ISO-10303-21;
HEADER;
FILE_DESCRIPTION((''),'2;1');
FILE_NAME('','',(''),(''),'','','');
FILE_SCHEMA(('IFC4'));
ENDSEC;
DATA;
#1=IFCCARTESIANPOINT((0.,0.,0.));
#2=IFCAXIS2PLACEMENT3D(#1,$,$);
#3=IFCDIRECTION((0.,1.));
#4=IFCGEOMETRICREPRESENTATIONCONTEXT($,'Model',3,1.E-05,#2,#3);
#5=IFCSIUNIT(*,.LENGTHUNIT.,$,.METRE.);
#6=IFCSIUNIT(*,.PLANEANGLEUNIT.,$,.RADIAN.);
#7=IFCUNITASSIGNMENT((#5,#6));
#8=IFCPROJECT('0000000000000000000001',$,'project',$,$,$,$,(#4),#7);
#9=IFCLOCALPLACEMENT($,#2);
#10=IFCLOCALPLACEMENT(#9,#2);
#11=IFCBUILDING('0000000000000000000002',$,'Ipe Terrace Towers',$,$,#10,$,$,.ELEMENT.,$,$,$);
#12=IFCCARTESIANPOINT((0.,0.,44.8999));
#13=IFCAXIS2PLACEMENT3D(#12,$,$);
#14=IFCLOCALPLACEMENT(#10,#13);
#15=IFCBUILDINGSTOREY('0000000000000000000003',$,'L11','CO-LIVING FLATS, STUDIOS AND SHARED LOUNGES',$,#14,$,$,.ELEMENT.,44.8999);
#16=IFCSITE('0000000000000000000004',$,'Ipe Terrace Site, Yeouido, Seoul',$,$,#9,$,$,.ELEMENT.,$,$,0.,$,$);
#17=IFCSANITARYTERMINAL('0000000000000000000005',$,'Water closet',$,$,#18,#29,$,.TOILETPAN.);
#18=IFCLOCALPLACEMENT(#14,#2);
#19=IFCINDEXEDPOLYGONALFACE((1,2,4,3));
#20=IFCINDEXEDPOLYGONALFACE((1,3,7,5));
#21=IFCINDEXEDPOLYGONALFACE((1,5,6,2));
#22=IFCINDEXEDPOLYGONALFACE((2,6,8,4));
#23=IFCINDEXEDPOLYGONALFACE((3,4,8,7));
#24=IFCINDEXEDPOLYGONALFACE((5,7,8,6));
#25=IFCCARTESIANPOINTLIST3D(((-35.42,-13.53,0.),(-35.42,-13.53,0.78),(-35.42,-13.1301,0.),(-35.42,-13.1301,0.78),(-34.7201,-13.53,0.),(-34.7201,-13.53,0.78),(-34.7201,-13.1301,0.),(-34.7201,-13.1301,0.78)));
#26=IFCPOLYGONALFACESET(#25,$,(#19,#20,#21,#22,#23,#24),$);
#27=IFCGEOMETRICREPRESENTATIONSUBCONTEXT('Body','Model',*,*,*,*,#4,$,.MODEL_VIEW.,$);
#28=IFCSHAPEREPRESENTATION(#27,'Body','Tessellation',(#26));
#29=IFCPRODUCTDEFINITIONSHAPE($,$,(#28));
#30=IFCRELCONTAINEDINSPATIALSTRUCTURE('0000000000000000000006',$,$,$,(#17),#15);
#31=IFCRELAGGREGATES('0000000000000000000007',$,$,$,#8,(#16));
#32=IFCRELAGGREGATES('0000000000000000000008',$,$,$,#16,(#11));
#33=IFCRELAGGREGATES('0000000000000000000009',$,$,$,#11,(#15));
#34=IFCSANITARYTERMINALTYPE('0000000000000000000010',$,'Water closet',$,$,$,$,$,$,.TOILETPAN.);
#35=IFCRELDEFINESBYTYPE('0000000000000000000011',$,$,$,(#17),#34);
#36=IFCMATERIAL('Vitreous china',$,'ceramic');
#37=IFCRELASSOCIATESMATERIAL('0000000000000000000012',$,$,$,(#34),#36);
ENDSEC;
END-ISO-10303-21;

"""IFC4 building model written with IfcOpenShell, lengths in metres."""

from ifc_helpers import new_model, si_unit, direction, frame, origin, origin_2d, place, context, subcontext, project, spatial, rectangle, extrude, material, type_object, element, save


model = new_model("IFC4")

# Units and contexts
model_context = context("Model", 3, precision=1e-05, world=origin(), true_north=direction((0.0, 1.0)))
body_context = subcontext(model_context, "Body", "Model", "MODEL_VIEW")
ifc_project = project(units=[si_unit("LENGTHUNIT", "METRE"), si_unit("PLANEANGLEUNIT", "RADIAN")], contexts=[model_context])

# Site, building, storey
site_placement = place(None, origin())
site = spatial("IfcSite", under=ifc_project, at=site_placement, Name="Ipe Terrace Site, Yeouido, Seoul", CompositionType="ELEMENT", RefElevation=0.0)
building_placement = place(site_placement, origin())
building = spatial("IfcBuilding", under=site, at=building_placement, Name="Ipe Terrace Towers", CompositionType="ELEMENT")
storey_placement = place(building_placement, frame((0.0, 0.0, 44.8999)))
storey = spatial("IfcBuildingStorey", under=building, at=storey_placement, Name="L11", Description="CO-LIVING FLATS, STUDIOS AND SHARED LOUNGES", CompositionType="ELEMENT", Elevation=44.8999)

# Sanitary terminal
ifc_material_1 = material(Name="Vitreous china", Category="ceramic")
sanitary_terminal_type_1 = type_object("IfcSanitaryTerminalType", Name="Water closet", PredefinedType="TOILETPAN", material=ifc_material_1)
sanitary_terminal_1_placement = place(storey_placement, frame((-35.0701, -13.3301, 0.0), z_axis=(0.0, 0.0, 1.0), x_axis=(-1.0, 0.0, 0.0)))
element("IfcSanitaryTerminal", 1, at=sanitary_terminal_1_placement, inside=storey, type_object=sanitary_terminal_type_1, Name="Water closet", PredefinedType="TOILETPAN", context=body_context, shape_type="SweptSolid", body=[
    extrude(rectangle(XDim=0.7, YDim=0.3999, at=origin_2d()), origin(), (0.0, 0.0, 1.0), 0.78),
])

save(model, "model.ifc")
